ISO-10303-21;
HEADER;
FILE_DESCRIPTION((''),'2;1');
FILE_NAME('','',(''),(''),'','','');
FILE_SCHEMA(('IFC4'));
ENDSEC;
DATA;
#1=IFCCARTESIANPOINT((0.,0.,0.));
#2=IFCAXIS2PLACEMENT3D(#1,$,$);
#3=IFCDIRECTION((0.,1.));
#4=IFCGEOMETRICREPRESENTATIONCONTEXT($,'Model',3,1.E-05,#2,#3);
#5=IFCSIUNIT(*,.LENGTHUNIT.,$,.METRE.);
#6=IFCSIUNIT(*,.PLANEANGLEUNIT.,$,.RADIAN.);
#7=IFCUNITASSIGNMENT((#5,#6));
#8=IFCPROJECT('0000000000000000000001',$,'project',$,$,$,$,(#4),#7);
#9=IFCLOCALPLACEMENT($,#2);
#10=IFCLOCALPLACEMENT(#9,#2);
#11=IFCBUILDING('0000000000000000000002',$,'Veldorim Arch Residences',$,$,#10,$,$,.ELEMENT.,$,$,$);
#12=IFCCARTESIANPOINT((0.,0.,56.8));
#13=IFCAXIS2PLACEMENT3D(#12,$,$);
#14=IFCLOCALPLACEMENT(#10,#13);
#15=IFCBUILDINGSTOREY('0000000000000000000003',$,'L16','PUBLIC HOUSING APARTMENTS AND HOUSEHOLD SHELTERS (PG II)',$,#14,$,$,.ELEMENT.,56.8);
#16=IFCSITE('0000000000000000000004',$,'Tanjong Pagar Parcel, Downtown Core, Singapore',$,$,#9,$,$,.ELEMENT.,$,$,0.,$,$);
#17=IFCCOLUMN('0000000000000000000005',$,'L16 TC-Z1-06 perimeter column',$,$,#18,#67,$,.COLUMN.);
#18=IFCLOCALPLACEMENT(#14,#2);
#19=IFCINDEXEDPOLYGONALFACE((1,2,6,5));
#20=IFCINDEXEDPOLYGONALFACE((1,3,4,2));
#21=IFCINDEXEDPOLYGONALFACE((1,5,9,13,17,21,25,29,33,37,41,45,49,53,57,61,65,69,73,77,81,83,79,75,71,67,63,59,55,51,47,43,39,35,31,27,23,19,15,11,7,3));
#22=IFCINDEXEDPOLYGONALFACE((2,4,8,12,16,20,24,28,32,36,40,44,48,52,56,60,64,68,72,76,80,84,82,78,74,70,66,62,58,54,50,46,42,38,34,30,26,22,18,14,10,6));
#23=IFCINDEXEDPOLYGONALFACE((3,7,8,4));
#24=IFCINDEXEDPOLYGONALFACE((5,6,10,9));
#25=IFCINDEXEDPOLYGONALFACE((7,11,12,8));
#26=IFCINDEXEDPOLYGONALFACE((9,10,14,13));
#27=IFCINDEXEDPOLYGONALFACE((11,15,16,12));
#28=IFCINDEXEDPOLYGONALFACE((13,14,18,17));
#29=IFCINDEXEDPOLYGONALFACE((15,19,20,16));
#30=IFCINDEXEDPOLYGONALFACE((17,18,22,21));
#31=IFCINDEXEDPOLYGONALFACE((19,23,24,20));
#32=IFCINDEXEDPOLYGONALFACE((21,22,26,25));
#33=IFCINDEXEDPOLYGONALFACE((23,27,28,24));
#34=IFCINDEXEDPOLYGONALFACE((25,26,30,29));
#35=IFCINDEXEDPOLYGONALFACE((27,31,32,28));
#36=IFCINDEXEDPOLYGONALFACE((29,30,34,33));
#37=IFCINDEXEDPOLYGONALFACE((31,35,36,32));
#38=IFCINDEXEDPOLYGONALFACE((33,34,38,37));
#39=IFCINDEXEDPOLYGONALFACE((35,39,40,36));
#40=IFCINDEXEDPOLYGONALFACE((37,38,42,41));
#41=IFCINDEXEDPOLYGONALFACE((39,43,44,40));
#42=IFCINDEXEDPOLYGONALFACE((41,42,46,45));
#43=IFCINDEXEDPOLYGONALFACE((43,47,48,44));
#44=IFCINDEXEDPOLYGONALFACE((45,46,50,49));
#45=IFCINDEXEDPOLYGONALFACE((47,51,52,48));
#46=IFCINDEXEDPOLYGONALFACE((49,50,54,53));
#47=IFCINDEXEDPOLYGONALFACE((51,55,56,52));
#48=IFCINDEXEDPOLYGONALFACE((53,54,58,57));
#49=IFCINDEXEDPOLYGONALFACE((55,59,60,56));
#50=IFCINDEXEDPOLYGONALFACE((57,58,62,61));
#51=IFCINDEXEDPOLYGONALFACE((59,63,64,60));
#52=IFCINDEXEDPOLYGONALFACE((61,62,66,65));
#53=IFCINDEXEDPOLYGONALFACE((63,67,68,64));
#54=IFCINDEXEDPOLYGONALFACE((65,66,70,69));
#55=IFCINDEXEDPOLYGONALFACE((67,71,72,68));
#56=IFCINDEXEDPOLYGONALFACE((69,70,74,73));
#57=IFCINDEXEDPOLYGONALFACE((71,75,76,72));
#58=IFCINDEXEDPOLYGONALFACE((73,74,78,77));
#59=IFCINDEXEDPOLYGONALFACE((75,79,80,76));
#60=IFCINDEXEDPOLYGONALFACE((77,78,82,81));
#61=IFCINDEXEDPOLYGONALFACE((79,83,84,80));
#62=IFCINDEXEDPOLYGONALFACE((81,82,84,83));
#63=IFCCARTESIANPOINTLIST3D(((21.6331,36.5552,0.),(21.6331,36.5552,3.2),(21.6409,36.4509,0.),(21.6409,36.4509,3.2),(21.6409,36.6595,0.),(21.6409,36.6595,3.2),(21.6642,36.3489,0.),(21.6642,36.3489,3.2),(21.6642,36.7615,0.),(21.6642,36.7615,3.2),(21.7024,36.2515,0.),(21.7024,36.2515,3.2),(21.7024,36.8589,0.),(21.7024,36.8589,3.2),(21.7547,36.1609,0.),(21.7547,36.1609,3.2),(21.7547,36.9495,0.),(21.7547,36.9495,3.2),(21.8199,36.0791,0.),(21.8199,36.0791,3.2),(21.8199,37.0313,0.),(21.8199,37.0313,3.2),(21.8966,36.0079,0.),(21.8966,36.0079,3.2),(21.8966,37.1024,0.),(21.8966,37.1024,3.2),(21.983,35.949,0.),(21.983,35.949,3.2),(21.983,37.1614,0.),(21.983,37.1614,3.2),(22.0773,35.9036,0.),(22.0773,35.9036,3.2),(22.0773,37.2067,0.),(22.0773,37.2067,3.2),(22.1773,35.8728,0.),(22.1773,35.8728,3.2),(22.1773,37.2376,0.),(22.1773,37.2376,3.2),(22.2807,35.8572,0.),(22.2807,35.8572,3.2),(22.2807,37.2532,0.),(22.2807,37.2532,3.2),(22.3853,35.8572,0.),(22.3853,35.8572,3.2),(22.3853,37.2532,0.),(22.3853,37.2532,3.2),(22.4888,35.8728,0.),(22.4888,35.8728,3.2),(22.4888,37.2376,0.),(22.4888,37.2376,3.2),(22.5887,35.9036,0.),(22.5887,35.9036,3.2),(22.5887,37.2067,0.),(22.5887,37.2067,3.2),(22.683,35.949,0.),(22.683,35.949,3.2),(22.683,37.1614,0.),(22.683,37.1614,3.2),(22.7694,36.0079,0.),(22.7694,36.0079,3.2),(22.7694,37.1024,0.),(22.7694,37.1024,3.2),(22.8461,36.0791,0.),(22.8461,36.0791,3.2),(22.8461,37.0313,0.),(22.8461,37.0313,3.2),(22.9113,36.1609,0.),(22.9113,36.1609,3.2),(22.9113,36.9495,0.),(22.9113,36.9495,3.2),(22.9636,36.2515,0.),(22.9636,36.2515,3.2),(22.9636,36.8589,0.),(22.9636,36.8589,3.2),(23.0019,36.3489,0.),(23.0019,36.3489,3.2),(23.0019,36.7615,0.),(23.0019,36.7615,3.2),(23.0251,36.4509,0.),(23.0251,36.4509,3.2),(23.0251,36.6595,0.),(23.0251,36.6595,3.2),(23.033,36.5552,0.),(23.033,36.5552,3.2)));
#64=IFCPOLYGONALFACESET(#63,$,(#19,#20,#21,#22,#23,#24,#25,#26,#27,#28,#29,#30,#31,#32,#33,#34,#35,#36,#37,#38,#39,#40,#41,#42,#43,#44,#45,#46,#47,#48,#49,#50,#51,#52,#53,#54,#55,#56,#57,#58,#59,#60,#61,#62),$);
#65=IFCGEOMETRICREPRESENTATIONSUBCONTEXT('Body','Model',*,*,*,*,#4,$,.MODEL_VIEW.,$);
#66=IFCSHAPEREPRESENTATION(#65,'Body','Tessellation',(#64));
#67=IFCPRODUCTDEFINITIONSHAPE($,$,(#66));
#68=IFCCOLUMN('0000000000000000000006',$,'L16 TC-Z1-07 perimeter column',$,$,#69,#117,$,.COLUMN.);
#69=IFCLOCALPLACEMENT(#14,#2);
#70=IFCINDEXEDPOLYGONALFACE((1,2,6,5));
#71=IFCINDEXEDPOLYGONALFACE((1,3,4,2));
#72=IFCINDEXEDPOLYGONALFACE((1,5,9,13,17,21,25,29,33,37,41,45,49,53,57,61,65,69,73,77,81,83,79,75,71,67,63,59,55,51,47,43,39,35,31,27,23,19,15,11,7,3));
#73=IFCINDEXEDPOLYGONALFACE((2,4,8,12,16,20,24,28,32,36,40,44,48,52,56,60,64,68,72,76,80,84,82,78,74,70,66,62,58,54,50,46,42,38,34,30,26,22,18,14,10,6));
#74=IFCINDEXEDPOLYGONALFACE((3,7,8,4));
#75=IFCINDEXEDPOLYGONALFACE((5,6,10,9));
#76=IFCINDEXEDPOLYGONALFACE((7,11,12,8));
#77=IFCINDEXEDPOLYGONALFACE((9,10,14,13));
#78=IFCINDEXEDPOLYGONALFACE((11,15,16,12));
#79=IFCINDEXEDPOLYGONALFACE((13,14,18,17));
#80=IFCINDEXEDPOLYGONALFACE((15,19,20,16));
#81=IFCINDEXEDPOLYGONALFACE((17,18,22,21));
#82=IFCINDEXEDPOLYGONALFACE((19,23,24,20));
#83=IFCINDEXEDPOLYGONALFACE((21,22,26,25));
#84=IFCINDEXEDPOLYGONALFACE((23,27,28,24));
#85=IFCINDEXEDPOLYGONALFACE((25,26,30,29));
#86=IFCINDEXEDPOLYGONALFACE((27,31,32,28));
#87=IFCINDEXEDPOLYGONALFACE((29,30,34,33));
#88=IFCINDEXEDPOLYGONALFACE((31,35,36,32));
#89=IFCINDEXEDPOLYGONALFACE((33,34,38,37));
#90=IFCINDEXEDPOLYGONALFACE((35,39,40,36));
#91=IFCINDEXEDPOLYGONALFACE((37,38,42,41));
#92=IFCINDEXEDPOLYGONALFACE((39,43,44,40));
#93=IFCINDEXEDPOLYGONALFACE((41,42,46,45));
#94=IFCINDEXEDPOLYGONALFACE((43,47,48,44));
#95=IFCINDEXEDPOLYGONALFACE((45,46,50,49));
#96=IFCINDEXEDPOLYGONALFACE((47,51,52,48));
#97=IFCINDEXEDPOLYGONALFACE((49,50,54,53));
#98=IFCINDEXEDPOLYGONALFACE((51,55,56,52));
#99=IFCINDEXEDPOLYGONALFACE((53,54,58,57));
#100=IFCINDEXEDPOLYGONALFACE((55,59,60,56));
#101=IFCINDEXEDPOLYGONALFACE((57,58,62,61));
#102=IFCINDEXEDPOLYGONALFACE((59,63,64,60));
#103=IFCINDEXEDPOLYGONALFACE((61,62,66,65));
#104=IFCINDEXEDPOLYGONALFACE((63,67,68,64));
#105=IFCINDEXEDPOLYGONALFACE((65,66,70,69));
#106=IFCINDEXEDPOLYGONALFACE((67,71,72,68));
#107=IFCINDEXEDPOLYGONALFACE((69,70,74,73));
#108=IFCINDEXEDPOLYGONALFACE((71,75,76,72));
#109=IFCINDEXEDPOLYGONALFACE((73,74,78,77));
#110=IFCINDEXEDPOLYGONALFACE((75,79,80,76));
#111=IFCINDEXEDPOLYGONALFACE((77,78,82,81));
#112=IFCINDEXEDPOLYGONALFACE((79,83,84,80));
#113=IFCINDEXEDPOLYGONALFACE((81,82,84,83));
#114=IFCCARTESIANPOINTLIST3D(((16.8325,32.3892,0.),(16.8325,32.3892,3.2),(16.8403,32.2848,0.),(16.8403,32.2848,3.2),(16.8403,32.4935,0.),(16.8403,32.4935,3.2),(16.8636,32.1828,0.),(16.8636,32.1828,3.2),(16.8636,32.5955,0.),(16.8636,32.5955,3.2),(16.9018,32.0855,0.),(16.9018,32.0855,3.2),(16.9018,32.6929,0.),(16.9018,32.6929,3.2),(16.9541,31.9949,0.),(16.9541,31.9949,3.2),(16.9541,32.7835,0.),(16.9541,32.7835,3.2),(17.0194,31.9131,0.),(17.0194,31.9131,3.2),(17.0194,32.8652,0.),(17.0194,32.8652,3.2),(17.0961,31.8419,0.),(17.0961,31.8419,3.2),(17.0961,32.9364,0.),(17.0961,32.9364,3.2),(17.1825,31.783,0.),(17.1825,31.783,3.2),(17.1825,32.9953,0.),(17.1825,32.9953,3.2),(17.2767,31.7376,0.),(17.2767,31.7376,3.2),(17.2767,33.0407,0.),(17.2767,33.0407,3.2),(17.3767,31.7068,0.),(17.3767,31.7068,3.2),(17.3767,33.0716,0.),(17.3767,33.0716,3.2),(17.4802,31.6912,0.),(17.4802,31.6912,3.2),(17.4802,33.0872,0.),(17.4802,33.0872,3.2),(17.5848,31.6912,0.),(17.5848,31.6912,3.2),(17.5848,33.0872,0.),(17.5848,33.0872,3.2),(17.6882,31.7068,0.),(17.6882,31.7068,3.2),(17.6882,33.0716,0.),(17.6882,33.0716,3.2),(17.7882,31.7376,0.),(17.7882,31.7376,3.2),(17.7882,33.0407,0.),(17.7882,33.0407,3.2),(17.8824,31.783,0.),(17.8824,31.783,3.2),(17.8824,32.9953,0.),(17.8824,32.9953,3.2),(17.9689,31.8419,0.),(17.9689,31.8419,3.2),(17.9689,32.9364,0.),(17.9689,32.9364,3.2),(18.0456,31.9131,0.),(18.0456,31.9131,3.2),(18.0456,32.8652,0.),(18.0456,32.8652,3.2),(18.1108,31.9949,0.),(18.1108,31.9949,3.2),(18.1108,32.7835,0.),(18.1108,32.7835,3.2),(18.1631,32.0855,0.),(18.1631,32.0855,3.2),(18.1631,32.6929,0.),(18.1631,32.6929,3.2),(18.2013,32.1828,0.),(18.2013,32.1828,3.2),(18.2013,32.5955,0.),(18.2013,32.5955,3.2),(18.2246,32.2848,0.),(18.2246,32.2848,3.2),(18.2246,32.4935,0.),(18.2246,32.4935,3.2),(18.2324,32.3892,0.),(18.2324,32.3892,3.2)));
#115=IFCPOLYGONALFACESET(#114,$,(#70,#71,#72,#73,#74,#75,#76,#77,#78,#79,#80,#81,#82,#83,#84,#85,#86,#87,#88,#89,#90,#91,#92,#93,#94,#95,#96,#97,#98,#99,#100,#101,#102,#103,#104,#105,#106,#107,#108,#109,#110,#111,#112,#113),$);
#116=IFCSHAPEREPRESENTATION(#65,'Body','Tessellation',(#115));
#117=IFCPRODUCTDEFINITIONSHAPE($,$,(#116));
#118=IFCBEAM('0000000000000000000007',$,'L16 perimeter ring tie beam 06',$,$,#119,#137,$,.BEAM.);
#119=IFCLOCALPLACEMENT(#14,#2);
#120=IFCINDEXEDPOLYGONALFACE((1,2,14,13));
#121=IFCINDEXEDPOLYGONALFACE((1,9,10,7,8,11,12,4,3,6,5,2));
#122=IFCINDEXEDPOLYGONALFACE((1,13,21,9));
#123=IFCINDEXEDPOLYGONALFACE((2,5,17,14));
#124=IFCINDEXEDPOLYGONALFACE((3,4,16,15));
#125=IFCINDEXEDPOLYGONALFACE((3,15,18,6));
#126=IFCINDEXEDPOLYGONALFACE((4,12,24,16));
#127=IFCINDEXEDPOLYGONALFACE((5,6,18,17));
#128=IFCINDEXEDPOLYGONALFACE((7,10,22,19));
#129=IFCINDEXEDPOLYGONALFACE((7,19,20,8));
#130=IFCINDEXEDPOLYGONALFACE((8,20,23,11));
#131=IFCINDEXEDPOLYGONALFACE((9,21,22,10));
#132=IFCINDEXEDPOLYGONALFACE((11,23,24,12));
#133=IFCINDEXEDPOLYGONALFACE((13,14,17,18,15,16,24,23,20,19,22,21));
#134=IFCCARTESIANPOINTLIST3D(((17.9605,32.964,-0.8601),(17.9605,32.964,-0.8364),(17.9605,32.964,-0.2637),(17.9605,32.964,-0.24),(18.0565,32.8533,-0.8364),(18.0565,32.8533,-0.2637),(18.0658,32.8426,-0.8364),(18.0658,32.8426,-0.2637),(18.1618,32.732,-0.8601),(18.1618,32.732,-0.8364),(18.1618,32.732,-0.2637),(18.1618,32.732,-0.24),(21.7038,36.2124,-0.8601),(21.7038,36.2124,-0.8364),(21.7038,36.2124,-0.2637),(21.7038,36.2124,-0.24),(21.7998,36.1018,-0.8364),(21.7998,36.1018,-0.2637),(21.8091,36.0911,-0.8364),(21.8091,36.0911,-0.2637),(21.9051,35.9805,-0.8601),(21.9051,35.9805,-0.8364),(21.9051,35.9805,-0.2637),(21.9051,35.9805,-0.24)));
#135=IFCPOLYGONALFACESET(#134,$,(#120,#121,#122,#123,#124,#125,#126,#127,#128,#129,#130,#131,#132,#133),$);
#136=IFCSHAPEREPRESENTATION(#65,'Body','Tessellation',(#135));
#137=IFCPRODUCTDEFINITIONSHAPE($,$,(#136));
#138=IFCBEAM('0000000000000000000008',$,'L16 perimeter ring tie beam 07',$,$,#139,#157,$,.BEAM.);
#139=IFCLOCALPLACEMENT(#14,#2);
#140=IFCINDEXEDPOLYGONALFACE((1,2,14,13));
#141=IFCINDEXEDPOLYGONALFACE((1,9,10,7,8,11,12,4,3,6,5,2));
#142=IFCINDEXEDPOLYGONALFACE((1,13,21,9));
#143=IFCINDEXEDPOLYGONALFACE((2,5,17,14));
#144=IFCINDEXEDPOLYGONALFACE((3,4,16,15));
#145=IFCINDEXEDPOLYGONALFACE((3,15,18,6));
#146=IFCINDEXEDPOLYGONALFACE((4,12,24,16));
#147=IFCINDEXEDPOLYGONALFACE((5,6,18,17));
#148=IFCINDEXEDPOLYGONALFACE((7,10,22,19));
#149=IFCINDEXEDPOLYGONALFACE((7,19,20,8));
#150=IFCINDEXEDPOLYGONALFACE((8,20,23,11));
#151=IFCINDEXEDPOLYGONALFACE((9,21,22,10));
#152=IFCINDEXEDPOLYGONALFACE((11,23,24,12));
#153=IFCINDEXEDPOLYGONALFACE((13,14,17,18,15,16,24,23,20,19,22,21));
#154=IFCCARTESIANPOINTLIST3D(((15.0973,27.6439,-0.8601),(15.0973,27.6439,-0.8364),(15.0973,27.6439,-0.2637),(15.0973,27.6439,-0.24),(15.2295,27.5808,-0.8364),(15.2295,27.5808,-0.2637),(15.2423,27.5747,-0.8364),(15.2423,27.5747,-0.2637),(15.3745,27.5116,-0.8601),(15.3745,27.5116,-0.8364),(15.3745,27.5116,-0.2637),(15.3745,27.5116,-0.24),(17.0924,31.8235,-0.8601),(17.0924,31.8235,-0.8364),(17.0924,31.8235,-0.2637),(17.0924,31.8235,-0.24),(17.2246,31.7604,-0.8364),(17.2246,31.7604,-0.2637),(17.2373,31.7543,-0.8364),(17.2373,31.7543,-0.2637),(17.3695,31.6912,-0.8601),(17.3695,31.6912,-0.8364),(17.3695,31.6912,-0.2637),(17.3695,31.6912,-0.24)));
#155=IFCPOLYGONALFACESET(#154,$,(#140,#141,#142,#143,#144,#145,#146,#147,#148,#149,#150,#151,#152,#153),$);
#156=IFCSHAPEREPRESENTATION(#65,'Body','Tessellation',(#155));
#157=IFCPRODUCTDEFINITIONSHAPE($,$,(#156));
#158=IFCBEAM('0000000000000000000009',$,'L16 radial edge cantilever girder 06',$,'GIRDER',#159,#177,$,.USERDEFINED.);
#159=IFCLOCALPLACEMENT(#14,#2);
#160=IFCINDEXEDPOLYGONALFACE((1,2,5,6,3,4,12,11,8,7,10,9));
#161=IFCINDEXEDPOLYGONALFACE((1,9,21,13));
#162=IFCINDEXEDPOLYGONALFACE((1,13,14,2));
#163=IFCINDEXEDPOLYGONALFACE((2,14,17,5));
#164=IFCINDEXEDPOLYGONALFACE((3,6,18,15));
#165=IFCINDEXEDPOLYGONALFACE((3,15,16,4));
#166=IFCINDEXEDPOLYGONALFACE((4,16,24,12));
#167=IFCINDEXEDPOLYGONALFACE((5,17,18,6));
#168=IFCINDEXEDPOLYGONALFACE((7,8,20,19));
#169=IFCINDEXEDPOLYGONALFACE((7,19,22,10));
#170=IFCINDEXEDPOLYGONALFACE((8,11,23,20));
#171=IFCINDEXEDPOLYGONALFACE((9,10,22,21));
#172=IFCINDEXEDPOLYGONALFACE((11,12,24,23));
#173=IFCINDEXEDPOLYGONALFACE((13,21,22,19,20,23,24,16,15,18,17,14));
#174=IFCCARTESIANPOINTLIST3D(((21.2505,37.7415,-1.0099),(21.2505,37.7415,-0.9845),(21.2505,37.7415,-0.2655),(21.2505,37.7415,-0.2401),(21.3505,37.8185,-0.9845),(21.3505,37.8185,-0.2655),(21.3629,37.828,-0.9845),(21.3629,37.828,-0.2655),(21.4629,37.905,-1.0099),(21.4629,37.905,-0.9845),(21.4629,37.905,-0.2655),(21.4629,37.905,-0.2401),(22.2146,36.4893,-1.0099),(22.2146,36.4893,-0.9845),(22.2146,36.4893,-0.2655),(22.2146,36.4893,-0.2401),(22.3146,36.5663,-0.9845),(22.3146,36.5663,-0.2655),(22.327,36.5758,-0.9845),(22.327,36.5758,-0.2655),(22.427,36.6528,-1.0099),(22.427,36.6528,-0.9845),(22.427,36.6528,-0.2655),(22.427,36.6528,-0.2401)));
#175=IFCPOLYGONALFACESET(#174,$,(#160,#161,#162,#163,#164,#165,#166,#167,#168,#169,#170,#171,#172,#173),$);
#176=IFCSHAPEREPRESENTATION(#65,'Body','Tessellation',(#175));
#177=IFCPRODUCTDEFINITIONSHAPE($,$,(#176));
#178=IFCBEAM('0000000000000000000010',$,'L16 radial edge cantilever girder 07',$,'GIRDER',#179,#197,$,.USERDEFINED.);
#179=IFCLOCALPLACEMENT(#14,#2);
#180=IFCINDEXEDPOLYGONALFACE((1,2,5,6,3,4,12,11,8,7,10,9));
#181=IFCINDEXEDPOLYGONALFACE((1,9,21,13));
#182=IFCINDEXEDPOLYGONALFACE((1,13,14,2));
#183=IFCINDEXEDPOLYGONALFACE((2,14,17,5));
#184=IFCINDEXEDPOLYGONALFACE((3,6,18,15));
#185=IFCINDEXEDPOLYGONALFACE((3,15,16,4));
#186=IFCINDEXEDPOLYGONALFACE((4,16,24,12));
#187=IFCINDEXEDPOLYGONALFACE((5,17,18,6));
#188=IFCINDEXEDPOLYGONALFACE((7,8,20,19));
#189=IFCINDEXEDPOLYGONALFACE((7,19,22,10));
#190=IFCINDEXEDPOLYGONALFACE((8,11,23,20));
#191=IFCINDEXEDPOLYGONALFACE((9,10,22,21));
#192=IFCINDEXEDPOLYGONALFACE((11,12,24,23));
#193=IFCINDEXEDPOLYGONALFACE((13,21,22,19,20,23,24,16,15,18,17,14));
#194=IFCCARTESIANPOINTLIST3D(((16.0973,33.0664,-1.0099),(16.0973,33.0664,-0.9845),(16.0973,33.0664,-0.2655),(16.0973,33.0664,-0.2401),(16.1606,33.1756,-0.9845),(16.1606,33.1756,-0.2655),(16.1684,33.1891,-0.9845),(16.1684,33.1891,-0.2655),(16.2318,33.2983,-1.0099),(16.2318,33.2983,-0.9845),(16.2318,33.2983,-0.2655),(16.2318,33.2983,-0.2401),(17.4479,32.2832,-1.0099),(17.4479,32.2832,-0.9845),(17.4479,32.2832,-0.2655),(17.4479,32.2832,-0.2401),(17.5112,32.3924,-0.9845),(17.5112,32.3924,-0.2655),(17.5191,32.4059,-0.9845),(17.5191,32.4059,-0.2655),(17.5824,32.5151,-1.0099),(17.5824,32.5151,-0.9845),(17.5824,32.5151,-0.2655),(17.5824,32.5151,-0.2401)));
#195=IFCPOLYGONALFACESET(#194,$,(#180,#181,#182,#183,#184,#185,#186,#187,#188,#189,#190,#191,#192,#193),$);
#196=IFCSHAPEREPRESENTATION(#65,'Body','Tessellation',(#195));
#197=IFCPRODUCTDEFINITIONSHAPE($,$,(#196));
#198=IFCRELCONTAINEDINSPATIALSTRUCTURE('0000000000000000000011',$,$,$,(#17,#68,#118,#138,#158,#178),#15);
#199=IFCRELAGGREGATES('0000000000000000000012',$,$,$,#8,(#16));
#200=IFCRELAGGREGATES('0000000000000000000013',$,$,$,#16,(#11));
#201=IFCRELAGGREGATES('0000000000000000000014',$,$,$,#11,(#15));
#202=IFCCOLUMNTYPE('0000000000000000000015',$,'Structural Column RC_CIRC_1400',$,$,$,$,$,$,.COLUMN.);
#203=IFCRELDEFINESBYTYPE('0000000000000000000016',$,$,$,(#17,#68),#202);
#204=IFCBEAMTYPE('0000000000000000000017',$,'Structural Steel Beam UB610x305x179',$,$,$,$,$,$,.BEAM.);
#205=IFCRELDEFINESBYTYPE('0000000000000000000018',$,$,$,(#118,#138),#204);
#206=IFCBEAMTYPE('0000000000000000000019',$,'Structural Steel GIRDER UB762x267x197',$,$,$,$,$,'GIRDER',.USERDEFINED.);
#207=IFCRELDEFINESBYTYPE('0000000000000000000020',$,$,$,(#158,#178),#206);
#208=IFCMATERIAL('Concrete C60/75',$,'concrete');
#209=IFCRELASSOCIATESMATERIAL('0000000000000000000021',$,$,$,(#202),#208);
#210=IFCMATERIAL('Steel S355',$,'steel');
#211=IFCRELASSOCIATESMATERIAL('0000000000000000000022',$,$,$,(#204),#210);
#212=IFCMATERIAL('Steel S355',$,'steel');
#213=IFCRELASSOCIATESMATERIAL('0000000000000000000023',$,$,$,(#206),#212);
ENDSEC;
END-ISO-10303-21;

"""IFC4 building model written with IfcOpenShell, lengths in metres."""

from ifc_helpers import new_model, si_unit, direction, frame, origin, origin_2d, place, context, subcontext, project, spatial, circle, i_section, extrude, material, material_profile, profile_set, type_object, element, save


model = new_model("IFC4")

# Units and contexts
model_context = context("Model", 3, precision=1e-05, world=origin(), true_north=direction((0.0, 1.0)))
body_context = subcontext(model_context, "Body", "Model", "MODEL_VIEW")
ifc_project = project(units=[si_unit("LENGTHUNIT", "METRE"), si_unit("PLANEANGLEUNIT", "RADIAN")], contexts=[model_context])

# Site, building, storey
site_placement = place(None, origin())
site = spatial("IfcSite", under=ifc_project, at=site_placement, Name="Tanjong Pagar Parcel, Downtown Core, Singapore", CompositionType="ELEMENT", RefElevation=0.0)
building_placement = place(site_placement, origin())
building = spatial("IfcBuilding", under=site, at=building_placement, Name="Veldorim Arch Residences", CompositionType="ELEMENT")
storey_placement = place(building_placement, frame((0.0, 0.0, 56.8)))
storey = spatial("IfcBuildingStorey", under=building, at=storey_placement, Name="L16", Description="PUBLIC HOUSING APARTMENTS AND HOUSEHOLD SHELTERS (PG II)", CompositionType="ELEMENT", Elevation=56.8)

# Columns
ifc_material_1 = material(Name="Concrete C60/75", Category="concrete")
ifc_material_profile_1 = material_profile(ifc_material_1, circle(Radius=0.7, at=origin_2d()), Name="RC_CIRC_1400")
ifc_profile_set_1 = profile_set([ifc_material_profile_1], Name="Concrete C60/75")
column_type = type_object("IfcColumnType", Name="Structural Column RC_CIRC_1400", PredefinedType="COLUMN", material=ifc_profile_set_1)
for number, where, z_axis, x_axis, name in (
    (1, (22.333, 36.5552, 0.0), (0.0, 0.0, 1.0), (1.0, 0.0, 0.0), "L16 TC-Z1-06 perimeter column"),
    (2, (17.5325, 32.3892, 0.0), (0.0, 0.0, 1.0), (1.0, 0.0, 0.0), "L16 TC-Z1-07 perimeter column"),
):
    element("IfcColumn", number, at=place(storey_placement, frame(where, z_axis=z_axis, x_axis=x_axis)), inside=storey, type_object=column_type, Name=name, PredefinedType="COLUMN", context=body_context, shape_type="SweptSolid", body=[
        extrude(circle(Radius=0.7, at=origin_2d()), origin(), (0.0, 0.0, 1.0), 3.2),
    ])

# Beams
ifc_material_2 = material(Name="Steel S355", Category="steel")
ifc_material_profile_2 = material_profile(ifc_material_2, i_section(OverallWidth=0.3071, OverallDepth=0.6201, WebThickness=0.0142, FlangeThickness=0.0237, at=origin_2d()), Name="UB610x305x179")
ifc_profile_set_2 = profile_set([ifc_material_profile_2], Name="Steel S355")
beam_type_1 = type_object("IfcBeamType", Name="Structural Steel Beam UB610x305x179", PredefinedType="BEAM", material=ifc_profile_set_2)
beam_1_placement = place(storey_placement, frame((21.8044, 36.0964, -0.55), z_axis=(-0.755265, -0.65542, 0.0), x_axis=(0.65542, -0.755265, 0.0)))
element("IfcBeam", 3, at=beam_1_placement, inside=storey, type_object=beam_type_1, Name="L16 perimeter ring tie beam 06", PredefinedType="BEAM", context=body_context, shape_type="SweptSolid", body=[
    extrude(i_section(OverallWidth=0.3071, OverallDepth=0.6201, WebThickness=0.0142, FlangeThickness=0.0237, at=origin_2d()), origin(), (0.0, 0.0, 1.0), 4.9563),
])
beam_2_placement = place(storey_placement, frame((17.231, 31.7573, -0.55), z_axis=(-0.430776, -0.902459, 0.0), x_axis=(0.902459, -0.430776, 0.0)))
element("IfcBeam", 4, at=beam_2_placement, inside=storey, type_object=beam_type_1, Name="L16 perimeter ring tie beam 07", PredefinedType="BEAM", context=body_context, shape_type="SweptSolid", body=[
    extrude(i_section(OverallWidth=0.3071, OverallDepth=0.6201, WebThickness=0.0142, FlangeThickness=0.0237, at=origin_2d()), origin(), (0.0, 0.0, 1.0), 4.6313),
])
ifc_material_3 = material(Name="Steel S355", Category="steel")
ifc_material_profile_3 = material_profile(ifc_material_3, i_section(OverallWidth=0.2681, OverallDepth=0.7698, WebThickness=0.0156, FlangeThickness=0.0254, at=origin_2d()), Name="UB762x267x197")
ifc_profile_set_3 = profile_set([ifc_material_profile_3], Name="Steel S355")
beam_type_2 = type_object("IfcBeamType", Name="Structural Steel GIRDER UB762x267x197", ElementType="GIRDER", PredefinedType="USERDEFINED", material=ifc_profile_set_3)
beam_3_placement = place(storey_placement, frame((22.3208, 36.571, -0.625), z_axis=(-0.610062, 0.792354, 0.0), x_axis=(-0.792354, -0.610062, 0.0)))
element("IfcBeam", 5, at=beam_3_placement, inside=storey, type_object=beam_type_2, Name="L16 radial edge cantilever girder 06", ObjectType="GIRDER", PredefinedType="USERDEFINED", context=body_context, shape_type="SweptSolid", body=[
    extrude(i_section(OverallWidth=0.2681, OverallDepth=0.7698, WebThickness=0.0156, FlangeThickness=0.0254, at=origin_2d()), origin(), (0.0, 0.0, 1.0), 1.5803),
])
beam_4_placement = place(storey_placement, frame((17.5151, 32.3992, -0.625), z_axis=(-0.865069, 0.501653, 0.0), x_axis=(-0.501653, -0.865069, 0.0)))
element("IfcBeam", 6, at=beam_4_placement, inside=storey, type_object=beam_type_2, Name="L16 radial edge cantilever girder 07", ObjectType="GIRDER", PredefinedType="USERDEFINED", context=body_context, shape_type="SweptSolid", body=[
    extrude(i_section(OverallWidth=0.2681, OverallDepth=0.7698, WebThickness=0.0156, FlangeThickness=0.0254, at=origin_2d()), origin(), (0.0, 0.0, 1.0), 1.5613),
])

save(model, "model.ifc")
